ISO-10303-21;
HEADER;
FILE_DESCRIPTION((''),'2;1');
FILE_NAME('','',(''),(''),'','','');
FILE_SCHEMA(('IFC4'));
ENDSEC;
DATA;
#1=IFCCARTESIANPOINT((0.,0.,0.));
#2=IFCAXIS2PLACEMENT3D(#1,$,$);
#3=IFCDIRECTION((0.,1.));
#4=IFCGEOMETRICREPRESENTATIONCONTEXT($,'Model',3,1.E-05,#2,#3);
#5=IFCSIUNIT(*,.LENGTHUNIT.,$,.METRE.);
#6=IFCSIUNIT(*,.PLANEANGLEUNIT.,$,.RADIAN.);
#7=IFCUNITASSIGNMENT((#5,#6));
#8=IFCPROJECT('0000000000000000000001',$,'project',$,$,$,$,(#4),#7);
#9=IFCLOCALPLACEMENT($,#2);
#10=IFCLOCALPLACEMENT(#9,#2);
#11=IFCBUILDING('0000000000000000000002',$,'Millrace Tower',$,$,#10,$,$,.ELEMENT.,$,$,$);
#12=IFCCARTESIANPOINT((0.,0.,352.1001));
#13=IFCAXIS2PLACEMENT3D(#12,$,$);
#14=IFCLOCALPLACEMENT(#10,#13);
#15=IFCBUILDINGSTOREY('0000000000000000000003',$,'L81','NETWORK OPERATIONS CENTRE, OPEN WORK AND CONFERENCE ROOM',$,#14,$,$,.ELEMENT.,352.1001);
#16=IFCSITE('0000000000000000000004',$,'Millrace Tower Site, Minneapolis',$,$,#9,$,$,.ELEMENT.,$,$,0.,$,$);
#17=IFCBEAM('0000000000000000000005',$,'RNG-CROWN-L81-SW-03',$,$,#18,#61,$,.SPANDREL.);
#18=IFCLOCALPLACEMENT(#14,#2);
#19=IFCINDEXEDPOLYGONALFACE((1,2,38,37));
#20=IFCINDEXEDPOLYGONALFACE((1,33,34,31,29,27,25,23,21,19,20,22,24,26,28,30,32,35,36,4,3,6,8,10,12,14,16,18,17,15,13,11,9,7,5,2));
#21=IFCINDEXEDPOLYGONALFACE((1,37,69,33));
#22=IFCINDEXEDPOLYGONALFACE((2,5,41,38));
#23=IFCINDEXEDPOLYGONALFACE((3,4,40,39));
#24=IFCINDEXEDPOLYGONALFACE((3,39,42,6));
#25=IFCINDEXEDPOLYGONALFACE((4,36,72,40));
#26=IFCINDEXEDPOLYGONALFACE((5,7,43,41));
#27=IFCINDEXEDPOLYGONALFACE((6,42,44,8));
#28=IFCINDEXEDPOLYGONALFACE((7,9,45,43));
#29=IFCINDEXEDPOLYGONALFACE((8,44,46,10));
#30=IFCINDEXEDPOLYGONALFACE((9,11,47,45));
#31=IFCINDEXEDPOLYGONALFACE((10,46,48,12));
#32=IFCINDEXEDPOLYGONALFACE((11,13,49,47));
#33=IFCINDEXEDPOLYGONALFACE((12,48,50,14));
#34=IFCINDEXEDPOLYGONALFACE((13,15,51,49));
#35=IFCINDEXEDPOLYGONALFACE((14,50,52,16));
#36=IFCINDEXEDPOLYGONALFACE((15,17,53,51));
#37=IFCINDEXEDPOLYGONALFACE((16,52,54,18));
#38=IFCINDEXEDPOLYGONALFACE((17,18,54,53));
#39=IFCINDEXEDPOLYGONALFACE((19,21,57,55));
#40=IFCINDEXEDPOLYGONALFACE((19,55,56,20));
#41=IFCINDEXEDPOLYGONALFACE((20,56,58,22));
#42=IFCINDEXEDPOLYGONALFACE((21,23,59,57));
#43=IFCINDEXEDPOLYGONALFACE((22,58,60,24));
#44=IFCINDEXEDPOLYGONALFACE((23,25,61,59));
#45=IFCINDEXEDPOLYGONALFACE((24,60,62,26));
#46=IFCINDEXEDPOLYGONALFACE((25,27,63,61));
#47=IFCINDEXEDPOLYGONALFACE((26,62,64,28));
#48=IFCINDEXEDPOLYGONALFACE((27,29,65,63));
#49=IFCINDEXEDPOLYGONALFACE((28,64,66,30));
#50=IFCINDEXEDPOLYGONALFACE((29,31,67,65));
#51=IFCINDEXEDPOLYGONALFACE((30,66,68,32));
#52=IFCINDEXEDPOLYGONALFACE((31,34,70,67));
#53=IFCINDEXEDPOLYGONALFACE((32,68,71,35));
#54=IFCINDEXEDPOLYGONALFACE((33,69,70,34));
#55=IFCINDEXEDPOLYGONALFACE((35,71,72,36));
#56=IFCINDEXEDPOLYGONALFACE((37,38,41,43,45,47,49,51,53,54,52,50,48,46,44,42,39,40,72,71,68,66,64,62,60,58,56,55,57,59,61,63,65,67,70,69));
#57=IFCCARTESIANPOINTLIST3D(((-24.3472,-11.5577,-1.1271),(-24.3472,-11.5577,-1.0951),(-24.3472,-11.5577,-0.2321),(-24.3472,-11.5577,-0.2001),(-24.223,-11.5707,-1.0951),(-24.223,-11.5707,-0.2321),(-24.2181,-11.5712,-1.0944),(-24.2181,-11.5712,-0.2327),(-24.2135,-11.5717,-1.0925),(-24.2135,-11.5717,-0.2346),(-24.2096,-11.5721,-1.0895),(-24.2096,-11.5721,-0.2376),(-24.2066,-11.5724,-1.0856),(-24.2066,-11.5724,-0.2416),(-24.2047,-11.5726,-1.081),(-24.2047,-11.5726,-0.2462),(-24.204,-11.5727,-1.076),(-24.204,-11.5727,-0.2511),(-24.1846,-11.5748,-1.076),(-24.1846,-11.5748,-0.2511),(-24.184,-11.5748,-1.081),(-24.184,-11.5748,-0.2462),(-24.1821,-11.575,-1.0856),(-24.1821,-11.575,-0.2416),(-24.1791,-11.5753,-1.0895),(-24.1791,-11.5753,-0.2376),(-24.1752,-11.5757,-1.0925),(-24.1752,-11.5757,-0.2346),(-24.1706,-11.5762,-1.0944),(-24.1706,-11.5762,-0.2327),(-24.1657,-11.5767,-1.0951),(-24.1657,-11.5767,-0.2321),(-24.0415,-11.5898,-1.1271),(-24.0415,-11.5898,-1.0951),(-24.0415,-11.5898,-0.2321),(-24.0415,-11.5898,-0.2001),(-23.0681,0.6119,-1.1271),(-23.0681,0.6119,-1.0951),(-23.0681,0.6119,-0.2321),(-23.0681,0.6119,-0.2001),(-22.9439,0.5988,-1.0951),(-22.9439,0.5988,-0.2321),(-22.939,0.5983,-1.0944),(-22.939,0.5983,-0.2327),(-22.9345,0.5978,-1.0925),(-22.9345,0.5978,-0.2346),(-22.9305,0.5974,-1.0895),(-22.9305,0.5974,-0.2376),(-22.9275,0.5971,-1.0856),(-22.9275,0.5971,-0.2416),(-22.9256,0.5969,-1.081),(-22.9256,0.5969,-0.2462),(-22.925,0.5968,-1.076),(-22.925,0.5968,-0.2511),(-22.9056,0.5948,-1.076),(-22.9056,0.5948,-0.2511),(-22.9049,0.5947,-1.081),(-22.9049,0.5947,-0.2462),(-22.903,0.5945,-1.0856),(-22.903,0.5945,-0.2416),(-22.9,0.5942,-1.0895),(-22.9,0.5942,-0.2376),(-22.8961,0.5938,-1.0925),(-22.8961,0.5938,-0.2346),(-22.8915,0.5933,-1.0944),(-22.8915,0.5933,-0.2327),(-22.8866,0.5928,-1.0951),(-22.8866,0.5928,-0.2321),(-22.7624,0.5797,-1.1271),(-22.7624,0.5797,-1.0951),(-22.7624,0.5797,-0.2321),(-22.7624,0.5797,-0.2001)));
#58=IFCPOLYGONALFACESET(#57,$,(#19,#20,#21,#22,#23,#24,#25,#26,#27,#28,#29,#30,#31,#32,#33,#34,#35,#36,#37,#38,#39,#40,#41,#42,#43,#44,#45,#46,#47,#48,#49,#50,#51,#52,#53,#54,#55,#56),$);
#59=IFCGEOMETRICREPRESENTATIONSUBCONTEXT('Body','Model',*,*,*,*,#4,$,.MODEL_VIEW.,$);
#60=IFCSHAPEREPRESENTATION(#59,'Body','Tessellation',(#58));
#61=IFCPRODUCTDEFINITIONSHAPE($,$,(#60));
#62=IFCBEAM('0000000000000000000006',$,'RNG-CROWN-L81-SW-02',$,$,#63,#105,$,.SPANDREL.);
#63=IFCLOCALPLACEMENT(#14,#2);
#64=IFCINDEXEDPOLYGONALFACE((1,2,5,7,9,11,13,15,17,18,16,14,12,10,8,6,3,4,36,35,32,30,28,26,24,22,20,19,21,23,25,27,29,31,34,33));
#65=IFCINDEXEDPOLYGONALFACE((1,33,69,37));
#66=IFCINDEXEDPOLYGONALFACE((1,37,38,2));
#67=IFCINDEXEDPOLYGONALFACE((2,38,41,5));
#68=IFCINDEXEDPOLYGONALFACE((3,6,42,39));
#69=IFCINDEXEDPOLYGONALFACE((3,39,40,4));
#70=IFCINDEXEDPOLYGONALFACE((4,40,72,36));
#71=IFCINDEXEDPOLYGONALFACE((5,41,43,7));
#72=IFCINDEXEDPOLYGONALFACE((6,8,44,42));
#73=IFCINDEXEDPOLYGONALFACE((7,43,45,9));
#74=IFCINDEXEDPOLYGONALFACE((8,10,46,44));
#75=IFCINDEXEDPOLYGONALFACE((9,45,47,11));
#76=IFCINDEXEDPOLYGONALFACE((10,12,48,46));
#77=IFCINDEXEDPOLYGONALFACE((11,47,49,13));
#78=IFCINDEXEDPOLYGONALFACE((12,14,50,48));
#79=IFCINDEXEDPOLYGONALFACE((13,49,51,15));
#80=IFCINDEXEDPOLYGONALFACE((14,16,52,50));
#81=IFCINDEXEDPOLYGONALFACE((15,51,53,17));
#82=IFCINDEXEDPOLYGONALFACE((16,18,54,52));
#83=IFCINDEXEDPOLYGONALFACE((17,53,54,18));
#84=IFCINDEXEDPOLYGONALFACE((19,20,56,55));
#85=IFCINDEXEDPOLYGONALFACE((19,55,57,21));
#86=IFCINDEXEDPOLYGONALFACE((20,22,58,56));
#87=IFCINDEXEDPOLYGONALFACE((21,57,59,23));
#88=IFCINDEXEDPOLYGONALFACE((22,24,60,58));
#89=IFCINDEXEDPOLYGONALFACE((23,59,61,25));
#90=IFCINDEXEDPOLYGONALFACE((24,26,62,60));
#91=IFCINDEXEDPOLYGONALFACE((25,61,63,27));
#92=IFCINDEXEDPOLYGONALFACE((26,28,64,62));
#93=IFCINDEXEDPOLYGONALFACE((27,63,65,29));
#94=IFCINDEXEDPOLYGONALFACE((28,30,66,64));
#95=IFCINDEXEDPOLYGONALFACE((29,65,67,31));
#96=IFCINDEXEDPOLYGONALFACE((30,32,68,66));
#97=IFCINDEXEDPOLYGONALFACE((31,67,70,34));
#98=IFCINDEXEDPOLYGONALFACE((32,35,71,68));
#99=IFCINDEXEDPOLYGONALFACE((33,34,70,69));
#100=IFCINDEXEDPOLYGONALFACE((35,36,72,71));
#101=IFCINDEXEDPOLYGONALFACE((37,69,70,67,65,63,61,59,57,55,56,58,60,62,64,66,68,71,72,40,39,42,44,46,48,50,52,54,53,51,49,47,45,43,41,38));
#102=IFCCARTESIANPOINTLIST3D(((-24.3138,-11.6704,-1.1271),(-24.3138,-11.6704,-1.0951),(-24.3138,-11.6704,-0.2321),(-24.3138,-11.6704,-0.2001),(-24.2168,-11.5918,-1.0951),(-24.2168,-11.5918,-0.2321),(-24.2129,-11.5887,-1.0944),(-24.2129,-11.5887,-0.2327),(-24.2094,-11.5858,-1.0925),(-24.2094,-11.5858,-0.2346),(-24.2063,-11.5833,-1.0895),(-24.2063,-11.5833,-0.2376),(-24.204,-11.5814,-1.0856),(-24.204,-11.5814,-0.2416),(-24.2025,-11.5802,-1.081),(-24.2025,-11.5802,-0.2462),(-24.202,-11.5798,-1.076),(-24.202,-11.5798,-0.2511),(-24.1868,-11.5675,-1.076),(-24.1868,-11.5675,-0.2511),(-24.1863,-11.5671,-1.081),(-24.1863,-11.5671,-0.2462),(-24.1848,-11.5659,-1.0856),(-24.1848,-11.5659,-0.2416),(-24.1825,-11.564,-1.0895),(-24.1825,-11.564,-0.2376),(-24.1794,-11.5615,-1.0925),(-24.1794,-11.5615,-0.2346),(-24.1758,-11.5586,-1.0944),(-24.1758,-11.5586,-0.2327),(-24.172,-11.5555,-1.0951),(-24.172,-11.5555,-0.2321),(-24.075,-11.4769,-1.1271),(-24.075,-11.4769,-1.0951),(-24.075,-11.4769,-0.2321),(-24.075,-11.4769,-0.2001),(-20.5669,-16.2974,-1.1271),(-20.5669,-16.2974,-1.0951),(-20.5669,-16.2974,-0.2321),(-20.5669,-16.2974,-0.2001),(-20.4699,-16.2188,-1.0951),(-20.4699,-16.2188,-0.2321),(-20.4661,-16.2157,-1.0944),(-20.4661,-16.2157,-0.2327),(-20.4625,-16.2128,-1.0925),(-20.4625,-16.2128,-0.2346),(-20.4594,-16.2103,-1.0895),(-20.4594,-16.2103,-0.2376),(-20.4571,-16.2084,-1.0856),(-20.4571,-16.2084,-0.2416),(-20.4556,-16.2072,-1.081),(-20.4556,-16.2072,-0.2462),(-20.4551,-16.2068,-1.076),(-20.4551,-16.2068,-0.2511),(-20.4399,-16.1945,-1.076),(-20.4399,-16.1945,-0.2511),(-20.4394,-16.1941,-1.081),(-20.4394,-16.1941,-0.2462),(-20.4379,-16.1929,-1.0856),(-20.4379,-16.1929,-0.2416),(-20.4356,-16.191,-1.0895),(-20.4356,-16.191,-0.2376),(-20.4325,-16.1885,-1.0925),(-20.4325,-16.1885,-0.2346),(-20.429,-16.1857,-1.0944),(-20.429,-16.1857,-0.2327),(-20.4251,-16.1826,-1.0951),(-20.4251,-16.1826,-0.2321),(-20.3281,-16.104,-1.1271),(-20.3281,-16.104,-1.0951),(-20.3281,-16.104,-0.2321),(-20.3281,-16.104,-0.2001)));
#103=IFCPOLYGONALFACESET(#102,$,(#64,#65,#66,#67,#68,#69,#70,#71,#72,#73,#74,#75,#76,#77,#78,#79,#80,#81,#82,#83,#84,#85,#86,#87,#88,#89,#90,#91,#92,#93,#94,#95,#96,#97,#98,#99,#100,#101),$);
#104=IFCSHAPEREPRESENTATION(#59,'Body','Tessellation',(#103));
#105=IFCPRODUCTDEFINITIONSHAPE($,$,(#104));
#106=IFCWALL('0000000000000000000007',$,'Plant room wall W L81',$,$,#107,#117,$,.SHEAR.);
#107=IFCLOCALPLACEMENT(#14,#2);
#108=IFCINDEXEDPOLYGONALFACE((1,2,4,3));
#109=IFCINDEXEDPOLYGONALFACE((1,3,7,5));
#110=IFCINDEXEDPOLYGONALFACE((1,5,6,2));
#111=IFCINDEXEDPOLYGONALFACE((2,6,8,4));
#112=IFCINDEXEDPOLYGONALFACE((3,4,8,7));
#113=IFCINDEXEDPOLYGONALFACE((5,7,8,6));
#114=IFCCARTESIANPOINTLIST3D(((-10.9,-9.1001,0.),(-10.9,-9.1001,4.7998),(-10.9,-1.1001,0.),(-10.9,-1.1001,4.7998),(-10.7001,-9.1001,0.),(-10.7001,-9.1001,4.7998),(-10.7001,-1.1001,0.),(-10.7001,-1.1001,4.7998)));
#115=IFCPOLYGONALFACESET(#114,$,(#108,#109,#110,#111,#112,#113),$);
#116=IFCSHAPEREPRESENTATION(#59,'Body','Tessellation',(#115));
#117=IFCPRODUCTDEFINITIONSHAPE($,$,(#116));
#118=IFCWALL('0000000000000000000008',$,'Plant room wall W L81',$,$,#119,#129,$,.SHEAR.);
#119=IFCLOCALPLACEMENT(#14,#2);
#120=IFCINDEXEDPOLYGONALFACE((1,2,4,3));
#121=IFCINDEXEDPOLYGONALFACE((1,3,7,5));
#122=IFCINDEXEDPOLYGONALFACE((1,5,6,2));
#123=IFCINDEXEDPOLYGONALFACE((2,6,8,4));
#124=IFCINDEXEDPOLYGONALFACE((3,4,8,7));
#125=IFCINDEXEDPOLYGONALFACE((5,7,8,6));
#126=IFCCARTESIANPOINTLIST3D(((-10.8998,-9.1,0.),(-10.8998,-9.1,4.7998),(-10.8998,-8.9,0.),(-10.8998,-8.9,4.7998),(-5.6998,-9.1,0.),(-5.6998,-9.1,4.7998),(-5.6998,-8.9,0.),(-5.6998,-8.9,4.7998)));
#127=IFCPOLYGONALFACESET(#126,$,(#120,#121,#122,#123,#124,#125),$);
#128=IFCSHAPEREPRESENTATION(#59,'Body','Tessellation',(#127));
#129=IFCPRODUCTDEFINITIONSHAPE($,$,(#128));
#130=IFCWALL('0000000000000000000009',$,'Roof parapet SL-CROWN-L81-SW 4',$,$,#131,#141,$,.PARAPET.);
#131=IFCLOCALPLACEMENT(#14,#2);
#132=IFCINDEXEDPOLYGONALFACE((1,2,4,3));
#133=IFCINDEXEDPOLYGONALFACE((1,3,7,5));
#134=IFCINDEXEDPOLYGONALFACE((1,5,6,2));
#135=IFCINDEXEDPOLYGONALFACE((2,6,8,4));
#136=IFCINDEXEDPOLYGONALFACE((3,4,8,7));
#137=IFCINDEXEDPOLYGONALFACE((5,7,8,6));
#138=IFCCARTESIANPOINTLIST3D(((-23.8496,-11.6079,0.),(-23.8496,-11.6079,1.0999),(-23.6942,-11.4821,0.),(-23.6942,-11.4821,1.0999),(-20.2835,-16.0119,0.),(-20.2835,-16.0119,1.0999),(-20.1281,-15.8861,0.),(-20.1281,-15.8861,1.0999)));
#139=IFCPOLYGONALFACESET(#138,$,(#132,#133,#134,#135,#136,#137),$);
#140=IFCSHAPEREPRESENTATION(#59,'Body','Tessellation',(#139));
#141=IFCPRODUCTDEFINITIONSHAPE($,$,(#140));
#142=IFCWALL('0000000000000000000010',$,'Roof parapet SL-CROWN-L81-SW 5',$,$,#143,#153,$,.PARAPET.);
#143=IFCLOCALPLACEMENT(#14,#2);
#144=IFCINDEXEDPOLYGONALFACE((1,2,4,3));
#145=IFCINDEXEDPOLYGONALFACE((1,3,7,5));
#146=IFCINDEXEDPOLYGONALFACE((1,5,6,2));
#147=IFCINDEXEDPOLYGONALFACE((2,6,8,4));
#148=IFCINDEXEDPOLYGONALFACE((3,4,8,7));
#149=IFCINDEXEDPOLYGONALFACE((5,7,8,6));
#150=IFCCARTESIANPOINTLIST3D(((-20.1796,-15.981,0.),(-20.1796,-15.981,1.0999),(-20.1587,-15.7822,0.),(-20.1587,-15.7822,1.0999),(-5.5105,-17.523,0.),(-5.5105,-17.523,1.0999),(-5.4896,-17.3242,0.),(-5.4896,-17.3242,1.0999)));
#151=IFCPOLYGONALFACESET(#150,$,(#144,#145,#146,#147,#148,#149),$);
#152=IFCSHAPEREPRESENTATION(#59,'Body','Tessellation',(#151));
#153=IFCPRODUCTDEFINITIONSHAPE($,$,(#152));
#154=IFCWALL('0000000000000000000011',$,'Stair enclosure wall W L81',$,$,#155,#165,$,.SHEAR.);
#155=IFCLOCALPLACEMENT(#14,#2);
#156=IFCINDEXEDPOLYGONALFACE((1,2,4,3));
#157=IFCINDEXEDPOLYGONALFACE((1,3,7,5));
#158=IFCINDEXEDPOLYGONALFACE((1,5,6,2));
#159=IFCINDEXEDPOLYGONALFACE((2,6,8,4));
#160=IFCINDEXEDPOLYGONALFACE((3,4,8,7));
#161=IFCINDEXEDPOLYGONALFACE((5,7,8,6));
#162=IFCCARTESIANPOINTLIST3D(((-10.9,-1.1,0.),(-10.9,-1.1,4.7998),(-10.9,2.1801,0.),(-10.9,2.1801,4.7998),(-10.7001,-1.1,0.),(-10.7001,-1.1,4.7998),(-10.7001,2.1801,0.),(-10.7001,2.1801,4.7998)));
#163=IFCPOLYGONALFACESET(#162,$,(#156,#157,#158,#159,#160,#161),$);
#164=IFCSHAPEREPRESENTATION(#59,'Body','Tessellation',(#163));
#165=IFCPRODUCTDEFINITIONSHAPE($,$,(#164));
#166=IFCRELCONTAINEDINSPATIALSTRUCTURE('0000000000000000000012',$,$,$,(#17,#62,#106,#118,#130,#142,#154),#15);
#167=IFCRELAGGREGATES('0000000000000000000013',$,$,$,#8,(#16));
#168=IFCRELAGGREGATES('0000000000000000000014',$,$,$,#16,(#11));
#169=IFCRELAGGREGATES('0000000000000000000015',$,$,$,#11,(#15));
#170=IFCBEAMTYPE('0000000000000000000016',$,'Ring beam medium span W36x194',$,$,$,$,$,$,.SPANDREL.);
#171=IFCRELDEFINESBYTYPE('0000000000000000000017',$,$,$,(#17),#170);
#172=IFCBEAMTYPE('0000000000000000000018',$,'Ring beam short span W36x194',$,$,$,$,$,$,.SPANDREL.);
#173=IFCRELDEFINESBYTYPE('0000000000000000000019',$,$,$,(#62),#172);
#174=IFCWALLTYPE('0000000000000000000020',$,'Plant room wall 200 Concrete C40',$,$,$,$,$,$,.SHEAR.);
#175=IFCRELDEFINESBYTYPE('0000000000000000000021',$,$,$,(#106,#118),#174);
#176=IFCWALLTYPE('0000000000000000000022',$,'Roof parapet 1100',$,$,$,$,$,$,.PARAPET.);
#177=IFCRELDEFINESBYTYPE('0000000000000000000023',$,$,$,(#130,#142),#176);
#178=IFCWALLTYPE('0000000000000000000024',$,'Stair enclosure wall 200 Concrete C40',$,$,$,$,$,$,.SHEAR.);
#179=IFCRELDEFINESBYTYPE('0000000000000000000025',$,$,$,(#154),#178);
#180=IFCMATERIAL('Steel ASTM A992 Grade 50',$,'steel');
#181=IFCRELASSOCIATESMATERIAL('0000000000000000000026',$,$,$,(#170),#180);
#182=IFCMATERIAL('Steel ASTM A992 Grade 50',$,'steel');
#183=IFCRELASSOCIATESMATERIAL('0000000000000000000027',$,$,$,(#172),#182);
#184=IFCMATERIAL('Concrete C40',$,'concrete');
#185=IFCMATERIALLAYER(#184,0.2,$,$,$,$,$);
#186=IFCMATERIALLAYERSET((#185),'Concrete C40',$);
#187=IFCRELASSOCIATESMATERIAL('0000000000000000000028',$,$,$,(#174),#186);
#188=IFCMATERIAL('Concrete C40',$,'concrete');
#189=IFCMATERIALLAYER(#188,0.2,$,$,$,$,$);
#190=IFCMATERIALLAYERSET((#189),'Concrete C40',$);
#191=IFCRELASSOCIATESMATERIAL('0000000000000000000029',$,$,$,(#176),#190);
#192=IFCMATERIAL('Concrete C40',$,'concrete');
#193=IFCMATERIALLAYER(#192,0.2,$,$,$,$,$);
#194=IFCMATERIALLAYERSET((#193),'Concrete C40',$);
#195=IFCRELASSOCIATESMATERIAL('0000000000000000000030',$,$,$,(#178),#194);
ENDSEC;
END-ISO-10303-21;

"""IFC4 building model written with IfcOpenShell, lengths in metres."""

from ifc_helpers import new_model, si_unit, direction, frame, frame_2d, origin, origin_2d, place, context, subcontext, project, spatial, rectangle, i_section, extrude, material, layer, layer_set, material_profile, profile_set, type_object, element, save


model = new_model("IFC4")

# Units and contexts
model_context = context("Model", 3, precision=1e-05, world=origin(), true_north=direction((0.0, 1.0)))
body_context = subcontext(model_context, "Body", "Model", "MODEL_VIEW")
ifc_project = project(units=[si_unit("LENGTHUNIT", "METRE"), si_unit("PLANEANGLEUNIT", "RADIAN")], contexts=[model_context])

# Site, building, storey
site_placement = place(None, origin())
site = spatial("IfcSite", under=ifc_project, at=site_placement, Name="Millrace Tower Site, Minneapolis", CompositionType="ELEMENT", RefElevation=0.0)
building_placement = place(site_placement, origin())
building = spatial("IfcBuilding", under=site, at=building_placement, Name="Millrace Tower", CompositionType="ELEMENT")
storey_placement = place(building_placement, frame((0.0, 0.0, 352.1001)))
storey = spatial("IfcBuildingStorey", under=building, at=storey_placement, Name="L81", Description="NETWORK OPERATIONS CENTRE, OPEN WORK AND CONFERENCE ROOM", CompositionType="ELEMENT", Elevation=352.1001)

# Beams
ifc_material_1 = material(Name="Steel ASTM A992 Grade 50", Category="steel")
ifc_material_profile_1 = material_profile(ifc_material_1, i_section(OverallWidth=0.3074, OverallDepth=0.927, WebThickness=0.0195, FlangeThickness=0.032, FilletRadius=0.019, at=origin_2d()))
ifc_profile_set_1 = profile_set([ifc_material_profile_1], Name="Steel ASTM A992 Grade 50")
beam_type_1 = type_object("IfcBeamType", Name="Ring beam medium span W36x194", PredefinedType="SPANDREL", material=ifc_profile_set_1)
beam_1_placement = place(storey_placement, frame((-24.1943, -11.5737, -0.6636), z_axis=(0.104528, 0.994522, 0.0), x_axis=(-0.994522, 0.104528, 0.0)))
element("IfcBeam", 1, at=beam_1_placement, inside=storey, type_object=beam_type_1, Name="RNG-CROWN-L81-SW-03", PredefinedType="SPANDREL", context=body_context, shape_type="SweptSolid", body=[
    extrude(i_section(OverallWidth=0.3074, OverallDepth=0.927, WebThickness=0.0195, FlangeThickness=0.032, FilletRadius=0.019, at=origin_2d()), origin(), (0.0, 0.0, 1.0), 12.2366),
])
ifc_material_2 = material(Name="Steel ASTM A992 Grade 50", Category="steel")
ifc_material_profile_2 = material_profile(ifc_material_2, i_section(OverallWidth=0.3074, OverallDepth=0.927, WebThickness=0.0195, FlangeThickness=0.032, FilletRadius=0.019, at=origin_2d()))
ifc_profile_set_2 = profile_set([ifc_material_profile_2], Name="Steel ASTM A992 Grade 50")
beam_type_2 = type_object("IfcBeamType", Name="Ring beam short span W36x194", PredefinedType="SPANDREL", material=ifc_profile_set_2)
beam_2_placement = place(storey_placement, frame((-20.4475, -16.2007, -0.6636), z_axis=(-0.62932, 0.777147, 0.0), x_axis=(-0.777147, -0.62932, 0.0)))
element("IfcBeam", 2, at=beam_2_placement, inside=storey, type_object=beam_type_2, Name="RNG-CROWN-L81-SW-02", PredefinedType="SPANDREL", context=body_context, shape_type="SweptSolid", body=[
    extrude(i_section(OverallWidth=0.3074, OverallDepth=0.927, WebThickness=0.0195, FlangeThickness=0.032, FilletRadius=0.019, at=origin_2d()), origin(), (0.0, 0.0, 1.0), 5.9539),
])

# Walls
ifc_material_3 = material(Name="Concrete C40", Category="concrete")
ifc_layer_1 = layer(ifc_material_3, 0.2)
ifc_layer_set_1 = layer_set([ifc_layer_1], Name="Concrete C40")
wall_type_1 = type_object("IfcWallType", Name="Plant room wall 200 Concrete C40", PredefinedType="SHEAR", material=ifc_layer_set_1)
wall_1_placement = place(storey_placement, frame((-10.8, -9.1001, 0.0), z_axis=(0.0, 0.0, 1.0), x_axis=(0.0, 1.0, 0.0)))
element("IfcWall", 3, at=wall_1_placement, inside=storey, type_object=wall_type_1, Name="Plant room wall W L81", PredefinedType="SHEAR", context=body_context, shape_type="SweptSolid", body=[
    extrude(rectangle(XDim=8.0, YDim=0.2, at=frame_2d((4.0, 0.0))), origin(), (0.0, 0.0, 1.0), 4.7998),
])
wall_2_placement = place(storey_placement, frame((-10.8999, -9.0, 0.0), z_axis=(0.0, 0.0, 1.0), x_axis=(1.0, 0.0, 0.0)))
element("IfcWall", 4, at=wall_2_placement, inside=storey, type_object=wall_type_1, Name="Plant room wall W L81", PredefinedType="SHEAR", context=body_context, shape_type="SweptSolid", body=[
    extrude(rectangle(XDim=5.2, YDim=0.2, at=frame_2d((2.6001, 0.0))), origin(), (0.0, 0.0, 1.0), 4.7998),
])
ifc_material_4 = material(Name="Concrete C40", Category="concrete")
ifc_layer_2 = layer(ifc_material_4, 0.2)
ifc_layer_set_2 = layer_set([ifc_layer_2], Name="Concrete C40")
wall_type_2 = type_object("IfcWallType", Name="Roof parapet 1100", PredefinedType="PARAPET", material=ifc_layer_set_2)
wall_3_placement = place(storey_placement, frame((-23.772, -11.5449, 0.0), z_axis=(0.0, 0.0, 1.0), x_axis=(0.629302, -0.777161, 0.0)))
element("IfcWall", 5, at=wall_3_placement, inside=storey, type_object=wall_type_2, Name="Roof parapet SL-CROWN-L81-SW 4", PredefinedType="PARAPET", context=body_context, shape_type="SweptSolid", body=[
    extrude(rectangle(XDim=5.6667, YDim=0.2, at=frame_2d((2.8335, 0.0))), origin(), (0.0, 0.0, 1.0), 1.0999),
])
wall_4_placement = place(storey_placement, frame((-20.1692, -15.8816, 0.0), z_axis=(0.0, 0.0, 1.0), x_axis=(0.99452, -0.104542, 0.0)))
element("IfcWall", 6, at=wall_4_placement, inside=storey, type_object=wall_type_2, Name="Roof parapet SL-CROWN-L81-SW 5", PredefinedType="PARAPET", context=body_context, shape_type="SweptSolid", body=[
    extrude(rectangle(XDim=14.75, YDim=0.2, at=frame_2d((7.375, 0.0))), origin(), (0.0, 0.0, 1.0), 1.0999),
])
ifc_material_5 = material(Name="Concrete C40", Category="concrete")
ifc_layer_3 = layer(ifc_material_5, 0.2)
ifc_layer_set_3 = layer_set([ifc_layer_3], Name="Concrete C40")
wall_type_3 = type_object("IfcWallType", Name="Stair enclosure wall 200 Concrete C40", PredefinedType="SHEAR", material=ifc_layer_set_3)
wall_5_placement = place(storey_placement, frame((-10.8, -1.1001, 0.0), z_axis=(0.0, 0.0, 1.0), x_axis=(0.0, 1.0, 0.0)))
element("IfcWall", 7, at=wall_5_placement, inside=storey, type_object=wall_type_3, Name="Stair enclosure wall W L81", PredefinedType="SHEAR", context=body_context, shape_type="SweptSolid", body=[
    extrude(rectangle(XDim=3.28, YDim=0.2, at=frame_2d((1.6401, 0.0))), origin(), (0.0, 0.0, 1.0), 4.7998),
])

save(model, "model.ifc")
